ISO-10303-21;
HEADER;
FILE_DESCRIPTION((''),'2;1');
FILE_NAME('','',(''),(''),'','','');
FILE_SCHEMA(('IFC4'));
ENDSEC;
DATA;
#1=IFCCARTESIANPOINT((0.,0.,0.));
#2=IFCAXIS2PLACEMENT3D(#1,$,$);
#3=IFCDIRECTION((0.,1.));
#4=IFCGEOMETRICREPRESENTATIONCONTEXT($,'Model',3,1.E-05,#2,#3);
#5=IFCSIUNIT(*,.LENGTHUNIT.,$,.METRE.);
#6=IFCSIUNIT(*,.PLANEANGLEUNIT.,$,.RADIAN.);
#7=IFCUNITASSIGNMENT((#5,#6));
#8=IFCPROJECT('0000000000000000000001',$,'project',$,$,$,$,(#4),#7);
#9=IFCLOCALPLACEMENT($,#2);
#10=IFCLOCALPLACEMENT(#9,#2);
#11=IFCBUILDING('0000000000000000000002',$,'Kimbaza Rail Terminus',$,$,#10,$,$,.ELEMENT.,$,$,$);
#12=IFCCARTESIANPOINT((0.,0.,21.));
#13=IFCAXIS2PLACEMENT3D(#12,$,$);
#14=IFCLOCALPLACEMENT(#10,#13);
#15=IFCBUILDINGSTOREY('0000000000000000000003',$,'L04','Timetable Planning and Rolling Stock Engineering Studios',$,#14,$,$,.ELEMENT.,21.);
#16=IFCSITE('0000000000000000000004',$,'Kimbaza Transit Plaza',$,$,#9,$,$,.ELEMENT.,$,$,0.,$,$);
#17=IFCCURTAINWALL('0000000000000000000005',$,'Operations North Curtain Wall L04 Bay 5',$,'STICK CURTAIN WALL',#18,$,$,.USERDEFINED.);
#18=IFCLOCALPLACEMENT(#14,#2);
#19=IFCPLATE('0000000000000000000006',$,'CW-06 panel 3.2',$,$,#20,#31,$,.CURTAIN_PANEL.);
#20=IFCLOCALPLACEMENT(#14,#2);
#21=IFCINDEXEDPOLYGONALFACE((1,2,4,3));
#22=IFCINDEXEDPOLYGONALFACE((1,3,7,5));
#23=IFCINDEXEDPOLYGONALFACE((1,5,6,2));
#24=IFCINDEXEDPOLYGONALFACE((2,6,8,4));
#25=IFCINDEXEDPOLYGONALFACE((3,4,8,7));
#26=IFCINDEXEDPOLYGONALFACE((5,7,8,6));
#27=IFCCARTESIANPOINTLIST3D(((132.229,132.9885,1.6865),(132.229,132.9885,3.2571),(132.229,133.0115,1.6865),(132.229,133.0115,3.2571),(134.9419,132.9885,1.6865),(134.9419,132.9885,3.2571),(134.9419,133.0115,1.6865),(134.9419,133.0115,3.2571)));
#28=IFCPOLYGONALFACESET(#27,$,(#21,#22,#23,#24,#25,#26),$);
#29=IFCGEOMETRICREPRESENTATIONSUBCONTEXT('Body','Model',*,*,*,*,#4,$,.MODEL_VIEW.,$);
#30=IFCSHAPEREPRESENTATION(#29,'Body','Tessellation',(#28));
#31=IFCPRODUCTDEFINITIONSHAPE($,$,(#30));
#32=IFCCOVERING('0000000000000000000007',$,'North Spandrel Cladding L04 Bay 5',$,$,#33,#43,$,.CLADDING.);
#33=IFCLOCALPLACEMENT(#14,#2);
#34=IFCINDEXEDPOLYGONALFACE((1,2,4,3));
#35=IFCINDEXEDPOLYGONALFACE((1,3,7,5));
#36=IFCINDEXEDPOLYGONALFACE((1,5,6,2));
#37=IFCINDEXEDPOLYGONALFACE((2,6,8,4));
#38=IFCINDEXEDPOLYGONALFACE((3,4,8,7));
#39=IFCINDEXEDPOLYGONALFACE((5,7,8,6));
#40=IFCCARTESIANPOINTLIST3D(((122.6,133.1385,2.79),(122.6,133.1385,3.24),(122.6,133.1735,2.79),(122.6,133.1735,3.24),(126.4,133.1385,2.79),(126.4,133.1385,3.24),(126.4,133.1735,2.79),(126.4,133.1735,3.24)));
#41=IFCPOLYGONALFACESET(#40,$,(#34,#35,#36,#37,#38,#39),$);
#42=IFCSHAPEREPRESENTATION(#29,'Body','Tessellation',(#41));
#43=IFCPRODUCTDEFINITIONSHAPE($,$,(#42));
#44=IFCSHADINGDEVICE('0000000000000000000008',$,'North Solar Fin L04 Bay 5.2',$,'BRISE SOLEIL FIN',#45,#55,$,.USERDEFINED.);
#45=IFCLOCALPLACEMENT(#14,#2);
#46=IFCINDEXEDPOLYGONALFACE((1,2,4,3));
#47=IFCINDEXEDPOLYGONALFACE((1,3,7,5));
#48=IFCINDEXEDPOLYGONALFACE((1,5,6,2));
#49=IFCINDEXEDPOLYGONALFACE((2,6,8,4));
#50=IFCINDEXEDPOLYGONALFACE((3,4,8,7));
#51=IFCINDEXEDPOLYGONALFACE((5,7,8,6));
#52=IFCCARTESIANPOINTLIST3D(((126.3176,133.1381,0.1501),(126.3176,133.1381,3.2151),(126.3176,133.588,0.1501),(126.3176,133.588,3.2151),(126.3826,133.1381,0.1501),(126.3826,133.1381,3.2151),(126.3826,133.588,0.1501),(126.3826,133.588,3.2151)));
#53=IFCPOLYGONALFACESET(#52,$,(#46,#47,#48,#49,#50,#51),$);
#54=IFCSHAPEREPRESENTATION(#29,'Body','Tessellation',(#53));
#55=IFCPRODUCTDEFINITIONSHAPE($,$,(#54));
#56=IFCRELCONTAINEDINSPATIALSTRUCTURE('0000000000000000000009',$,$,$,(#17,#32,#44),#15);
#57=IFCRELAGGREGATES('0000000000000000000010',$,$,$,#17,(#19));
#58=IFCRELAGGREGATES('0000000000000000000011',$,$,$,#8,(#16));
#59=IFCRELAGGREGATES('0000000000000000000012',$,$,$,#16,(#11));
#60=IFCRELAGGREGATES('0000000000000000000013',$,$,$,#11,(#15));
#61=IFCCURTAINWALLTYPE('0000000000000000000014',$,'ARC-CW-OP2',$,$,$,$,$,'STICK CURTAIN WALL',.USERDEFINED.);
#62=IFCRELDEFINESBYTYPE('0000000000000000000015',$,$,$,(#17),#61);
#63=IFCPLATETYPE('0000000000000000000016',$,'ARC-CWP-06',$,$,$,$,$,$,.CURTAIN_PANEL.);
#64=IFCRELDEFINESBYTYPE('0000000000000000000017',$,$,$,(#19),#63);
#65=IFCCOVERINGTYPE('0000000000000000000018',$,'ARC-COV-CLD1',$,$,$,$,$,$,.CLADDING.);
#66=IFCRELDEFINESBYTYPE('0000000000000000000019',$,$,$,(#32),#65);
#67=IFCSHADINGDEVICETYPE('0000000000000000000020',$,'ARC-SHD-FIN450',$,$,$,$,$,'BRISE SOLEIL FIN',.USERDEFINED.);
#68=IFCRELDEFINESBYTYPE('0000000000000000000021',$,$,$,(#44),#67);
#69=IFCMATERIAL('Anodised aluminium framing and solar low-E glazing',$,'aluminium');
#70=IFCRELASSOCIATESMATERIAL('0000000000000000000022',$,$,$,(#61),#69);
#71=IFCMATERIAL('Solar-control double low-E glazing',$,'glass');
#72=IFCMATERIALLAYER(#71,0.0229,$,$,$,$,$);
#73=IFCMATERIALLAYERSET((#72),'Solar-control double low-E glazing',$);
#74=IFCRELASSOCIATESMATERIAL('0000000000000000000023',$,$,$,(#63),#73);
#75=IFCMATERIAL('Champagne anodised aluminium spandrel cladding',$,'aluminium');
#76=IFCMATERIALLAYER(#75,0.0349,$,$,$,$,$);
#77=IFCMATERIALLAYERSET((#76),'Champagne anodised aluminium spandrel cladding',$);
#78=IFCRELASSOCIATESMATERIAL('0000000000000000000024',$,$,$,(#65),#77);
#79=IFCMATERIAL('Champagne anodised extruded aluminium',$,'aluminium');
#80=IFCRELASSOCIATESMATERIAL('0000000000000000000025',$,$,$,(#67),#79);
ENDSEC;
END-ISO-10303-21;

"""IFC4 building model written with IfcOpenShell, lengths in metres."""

from ifc_helpers import new_model, si_unit, direction, frame, origin, origin_2d, place, context, subcontext, project, spatial, rectangle, extrude, material, layer, layer_set, type_object, element, aggregate, save


model = new_model("IFC4")

# Units and contexts
model_context = context("Model", 3, precision=1e-05, world=origin(), true_north=direction((0.0, 1.0)))
body_context = subcontext(model_context, "Body", "Model", "MODEL_VIEW")
ifc_project = project(units=[si_unit("LENGTHUNIT", "METRE"), si_unit("PLANEANGLEUNIT", "RADIAN")], contexts=[model_context])

# Site, building, storey
site_placement = place(None, origin())
site = spatial("IfcSite", under=ifc_project, at=site_placement, Name="Kimbaza Transit Plaza", CompositionType="ELEMENT", RefElevation=0.0)
building_placement = place(site_placement, origin())
building = spatial("IfcBuilding", under=site, at=building_placement, Name="Kimbaza Rail Terminus", CompositionType="ELEMENT")
storey_placement = place(building_placement, frame((0.0, 0.0, 21.0)))
storey = spatial("IfcBuildingStorey", under=building, at=storey_placement, Name="L04", Description="Timetable Planning and Rolling Stock Engineering Studios", CompositionType="ELEMENT", Elevation=21.0)

# Curtain wall, plate
ifc_material_1 = material(Name="Anodised aluminium framing and solar low-E glazing", Category="aluminium")
curtain_wall_type = type_object("IfcCurtainWallType", Name="ARC-CW-OP2", ElementType="STICK CURTAIN WALL", PredefinedType="USERDEFINED", material=ifc_material_1)
curtain_wall_placement = place(storey_placement, origin())
curtain_wall = element("IfcCurtainWall", 1, at=curtain_wall_placement, inside=storey, type_object=curtain_wall_type, Name="Operations North Curtain Wall L04 Bay 5", ObjectType="STICK CURTAIN WALL", PredefinedType="USERDEFINED")
ifc_material_2 = material(Name="Solar-control double low-E glazing", Category="glass")
ifc_layer_1 = layer(ifc_material_2, 0.0229)
ifc_layer_set_1 = layer_set([ifc_layer_1], Name="Solar-control double low-E glazing")
plate_type = type_object("IfcPlateType", Name="ARC-CWP-06", PredefinedType="CURTAIN_PANEL", material=ifc_layer_set_1)
plate_1_placement = place(storey_placement, frame((133.5854, 133.0, 1.6865), z_axis=(0.0, 0.0, 1.0), x_axis=(1.0, 0.0, 0.0)))
plate_1 = element("IfcPlate", 2, at=plate_1_placement, type_object=plate_type, Name="CW-06 panel 3.2", PredefinedType="CURTAIN_PANEL", context=body_context, shape_type="SweptSolid", body=[
    extrude(rectangle(XDim=2.7129, YDim=0.0229, at=origin_2d()), origin(), (0.0, 0.0, 1.0), 1.5706),
])
aggregate(curtain_wall, [plate_1])

# Covering
ifc_material_3 = material(Name="Champagne anodised aluminium spandrel cladding", Category="aluminium")
ifc_layer_2 = layer(ifc_material_3, 0.0349)
ifc_layer_set_2 = layer_set([ifc_layer_2], Name="Champagne anodised aluminium spandrel cladding")
covering_type = type_object("IfcCoveringType", Name="ARC-COV-CLD1", PredefinedType="CLADDING", material=ifc_layer_set_2)
covering_placement = place(storey_placement, frame((124.5, 133.156, 2.79), z_axis=(0.0, 0.0, 1.0), x_axis=(1.0, 0.0, 0.0)))
element("IfcCovering", 3, at=covering_placement, inside=storey, type_object=covering_type, Name="North Spandrel Cladding L04 Bay 5", PredefinedType="CLADDING", context=body_context, shape_type="SweptSolid", body=[
    extrude(rectangle(XDim=3.8, YDim=0.0349, at=origin_2d()), origin(), (0.0, 0.0, 1.0), 0.45),
])

# Shading device
ifc_material_4 = material(Name="Champagne anodised extruded aluminium", Category="aluminium")
shading_device_type = type_object("IfcShadingDeviceType", Name="ARC-SHD-FIN450", ElementType="BRISE SOLEIL FIN", PredefinedType="USERDEFINED", material=ifc_material_4)
shading_device_placement = place(storey_placement, frame((126.3501, 133.363, 0.1501), z_axis=(0.0, 0.0, 1.0), x_axis=(1.0, 0.0, 0.0)))
element("IfcShadingDevice", 4, at=shading_device_placement, inside=storey, type_object=shading_device_type, Name="North Solar Fin L04 Bay 5.2", ObjectType="BRISE SOLEIL FIN", PredefinedType="USERDEFINED", context=body_context, shape_type="SweptSolid", body=[
    extrude(rectangle(XDim=0.0649, YDim=0.45, at=origin_2d()), origin(), (0.0, 0.0, 1.0), 3.0649),
])

save(model, "model.ifc")
